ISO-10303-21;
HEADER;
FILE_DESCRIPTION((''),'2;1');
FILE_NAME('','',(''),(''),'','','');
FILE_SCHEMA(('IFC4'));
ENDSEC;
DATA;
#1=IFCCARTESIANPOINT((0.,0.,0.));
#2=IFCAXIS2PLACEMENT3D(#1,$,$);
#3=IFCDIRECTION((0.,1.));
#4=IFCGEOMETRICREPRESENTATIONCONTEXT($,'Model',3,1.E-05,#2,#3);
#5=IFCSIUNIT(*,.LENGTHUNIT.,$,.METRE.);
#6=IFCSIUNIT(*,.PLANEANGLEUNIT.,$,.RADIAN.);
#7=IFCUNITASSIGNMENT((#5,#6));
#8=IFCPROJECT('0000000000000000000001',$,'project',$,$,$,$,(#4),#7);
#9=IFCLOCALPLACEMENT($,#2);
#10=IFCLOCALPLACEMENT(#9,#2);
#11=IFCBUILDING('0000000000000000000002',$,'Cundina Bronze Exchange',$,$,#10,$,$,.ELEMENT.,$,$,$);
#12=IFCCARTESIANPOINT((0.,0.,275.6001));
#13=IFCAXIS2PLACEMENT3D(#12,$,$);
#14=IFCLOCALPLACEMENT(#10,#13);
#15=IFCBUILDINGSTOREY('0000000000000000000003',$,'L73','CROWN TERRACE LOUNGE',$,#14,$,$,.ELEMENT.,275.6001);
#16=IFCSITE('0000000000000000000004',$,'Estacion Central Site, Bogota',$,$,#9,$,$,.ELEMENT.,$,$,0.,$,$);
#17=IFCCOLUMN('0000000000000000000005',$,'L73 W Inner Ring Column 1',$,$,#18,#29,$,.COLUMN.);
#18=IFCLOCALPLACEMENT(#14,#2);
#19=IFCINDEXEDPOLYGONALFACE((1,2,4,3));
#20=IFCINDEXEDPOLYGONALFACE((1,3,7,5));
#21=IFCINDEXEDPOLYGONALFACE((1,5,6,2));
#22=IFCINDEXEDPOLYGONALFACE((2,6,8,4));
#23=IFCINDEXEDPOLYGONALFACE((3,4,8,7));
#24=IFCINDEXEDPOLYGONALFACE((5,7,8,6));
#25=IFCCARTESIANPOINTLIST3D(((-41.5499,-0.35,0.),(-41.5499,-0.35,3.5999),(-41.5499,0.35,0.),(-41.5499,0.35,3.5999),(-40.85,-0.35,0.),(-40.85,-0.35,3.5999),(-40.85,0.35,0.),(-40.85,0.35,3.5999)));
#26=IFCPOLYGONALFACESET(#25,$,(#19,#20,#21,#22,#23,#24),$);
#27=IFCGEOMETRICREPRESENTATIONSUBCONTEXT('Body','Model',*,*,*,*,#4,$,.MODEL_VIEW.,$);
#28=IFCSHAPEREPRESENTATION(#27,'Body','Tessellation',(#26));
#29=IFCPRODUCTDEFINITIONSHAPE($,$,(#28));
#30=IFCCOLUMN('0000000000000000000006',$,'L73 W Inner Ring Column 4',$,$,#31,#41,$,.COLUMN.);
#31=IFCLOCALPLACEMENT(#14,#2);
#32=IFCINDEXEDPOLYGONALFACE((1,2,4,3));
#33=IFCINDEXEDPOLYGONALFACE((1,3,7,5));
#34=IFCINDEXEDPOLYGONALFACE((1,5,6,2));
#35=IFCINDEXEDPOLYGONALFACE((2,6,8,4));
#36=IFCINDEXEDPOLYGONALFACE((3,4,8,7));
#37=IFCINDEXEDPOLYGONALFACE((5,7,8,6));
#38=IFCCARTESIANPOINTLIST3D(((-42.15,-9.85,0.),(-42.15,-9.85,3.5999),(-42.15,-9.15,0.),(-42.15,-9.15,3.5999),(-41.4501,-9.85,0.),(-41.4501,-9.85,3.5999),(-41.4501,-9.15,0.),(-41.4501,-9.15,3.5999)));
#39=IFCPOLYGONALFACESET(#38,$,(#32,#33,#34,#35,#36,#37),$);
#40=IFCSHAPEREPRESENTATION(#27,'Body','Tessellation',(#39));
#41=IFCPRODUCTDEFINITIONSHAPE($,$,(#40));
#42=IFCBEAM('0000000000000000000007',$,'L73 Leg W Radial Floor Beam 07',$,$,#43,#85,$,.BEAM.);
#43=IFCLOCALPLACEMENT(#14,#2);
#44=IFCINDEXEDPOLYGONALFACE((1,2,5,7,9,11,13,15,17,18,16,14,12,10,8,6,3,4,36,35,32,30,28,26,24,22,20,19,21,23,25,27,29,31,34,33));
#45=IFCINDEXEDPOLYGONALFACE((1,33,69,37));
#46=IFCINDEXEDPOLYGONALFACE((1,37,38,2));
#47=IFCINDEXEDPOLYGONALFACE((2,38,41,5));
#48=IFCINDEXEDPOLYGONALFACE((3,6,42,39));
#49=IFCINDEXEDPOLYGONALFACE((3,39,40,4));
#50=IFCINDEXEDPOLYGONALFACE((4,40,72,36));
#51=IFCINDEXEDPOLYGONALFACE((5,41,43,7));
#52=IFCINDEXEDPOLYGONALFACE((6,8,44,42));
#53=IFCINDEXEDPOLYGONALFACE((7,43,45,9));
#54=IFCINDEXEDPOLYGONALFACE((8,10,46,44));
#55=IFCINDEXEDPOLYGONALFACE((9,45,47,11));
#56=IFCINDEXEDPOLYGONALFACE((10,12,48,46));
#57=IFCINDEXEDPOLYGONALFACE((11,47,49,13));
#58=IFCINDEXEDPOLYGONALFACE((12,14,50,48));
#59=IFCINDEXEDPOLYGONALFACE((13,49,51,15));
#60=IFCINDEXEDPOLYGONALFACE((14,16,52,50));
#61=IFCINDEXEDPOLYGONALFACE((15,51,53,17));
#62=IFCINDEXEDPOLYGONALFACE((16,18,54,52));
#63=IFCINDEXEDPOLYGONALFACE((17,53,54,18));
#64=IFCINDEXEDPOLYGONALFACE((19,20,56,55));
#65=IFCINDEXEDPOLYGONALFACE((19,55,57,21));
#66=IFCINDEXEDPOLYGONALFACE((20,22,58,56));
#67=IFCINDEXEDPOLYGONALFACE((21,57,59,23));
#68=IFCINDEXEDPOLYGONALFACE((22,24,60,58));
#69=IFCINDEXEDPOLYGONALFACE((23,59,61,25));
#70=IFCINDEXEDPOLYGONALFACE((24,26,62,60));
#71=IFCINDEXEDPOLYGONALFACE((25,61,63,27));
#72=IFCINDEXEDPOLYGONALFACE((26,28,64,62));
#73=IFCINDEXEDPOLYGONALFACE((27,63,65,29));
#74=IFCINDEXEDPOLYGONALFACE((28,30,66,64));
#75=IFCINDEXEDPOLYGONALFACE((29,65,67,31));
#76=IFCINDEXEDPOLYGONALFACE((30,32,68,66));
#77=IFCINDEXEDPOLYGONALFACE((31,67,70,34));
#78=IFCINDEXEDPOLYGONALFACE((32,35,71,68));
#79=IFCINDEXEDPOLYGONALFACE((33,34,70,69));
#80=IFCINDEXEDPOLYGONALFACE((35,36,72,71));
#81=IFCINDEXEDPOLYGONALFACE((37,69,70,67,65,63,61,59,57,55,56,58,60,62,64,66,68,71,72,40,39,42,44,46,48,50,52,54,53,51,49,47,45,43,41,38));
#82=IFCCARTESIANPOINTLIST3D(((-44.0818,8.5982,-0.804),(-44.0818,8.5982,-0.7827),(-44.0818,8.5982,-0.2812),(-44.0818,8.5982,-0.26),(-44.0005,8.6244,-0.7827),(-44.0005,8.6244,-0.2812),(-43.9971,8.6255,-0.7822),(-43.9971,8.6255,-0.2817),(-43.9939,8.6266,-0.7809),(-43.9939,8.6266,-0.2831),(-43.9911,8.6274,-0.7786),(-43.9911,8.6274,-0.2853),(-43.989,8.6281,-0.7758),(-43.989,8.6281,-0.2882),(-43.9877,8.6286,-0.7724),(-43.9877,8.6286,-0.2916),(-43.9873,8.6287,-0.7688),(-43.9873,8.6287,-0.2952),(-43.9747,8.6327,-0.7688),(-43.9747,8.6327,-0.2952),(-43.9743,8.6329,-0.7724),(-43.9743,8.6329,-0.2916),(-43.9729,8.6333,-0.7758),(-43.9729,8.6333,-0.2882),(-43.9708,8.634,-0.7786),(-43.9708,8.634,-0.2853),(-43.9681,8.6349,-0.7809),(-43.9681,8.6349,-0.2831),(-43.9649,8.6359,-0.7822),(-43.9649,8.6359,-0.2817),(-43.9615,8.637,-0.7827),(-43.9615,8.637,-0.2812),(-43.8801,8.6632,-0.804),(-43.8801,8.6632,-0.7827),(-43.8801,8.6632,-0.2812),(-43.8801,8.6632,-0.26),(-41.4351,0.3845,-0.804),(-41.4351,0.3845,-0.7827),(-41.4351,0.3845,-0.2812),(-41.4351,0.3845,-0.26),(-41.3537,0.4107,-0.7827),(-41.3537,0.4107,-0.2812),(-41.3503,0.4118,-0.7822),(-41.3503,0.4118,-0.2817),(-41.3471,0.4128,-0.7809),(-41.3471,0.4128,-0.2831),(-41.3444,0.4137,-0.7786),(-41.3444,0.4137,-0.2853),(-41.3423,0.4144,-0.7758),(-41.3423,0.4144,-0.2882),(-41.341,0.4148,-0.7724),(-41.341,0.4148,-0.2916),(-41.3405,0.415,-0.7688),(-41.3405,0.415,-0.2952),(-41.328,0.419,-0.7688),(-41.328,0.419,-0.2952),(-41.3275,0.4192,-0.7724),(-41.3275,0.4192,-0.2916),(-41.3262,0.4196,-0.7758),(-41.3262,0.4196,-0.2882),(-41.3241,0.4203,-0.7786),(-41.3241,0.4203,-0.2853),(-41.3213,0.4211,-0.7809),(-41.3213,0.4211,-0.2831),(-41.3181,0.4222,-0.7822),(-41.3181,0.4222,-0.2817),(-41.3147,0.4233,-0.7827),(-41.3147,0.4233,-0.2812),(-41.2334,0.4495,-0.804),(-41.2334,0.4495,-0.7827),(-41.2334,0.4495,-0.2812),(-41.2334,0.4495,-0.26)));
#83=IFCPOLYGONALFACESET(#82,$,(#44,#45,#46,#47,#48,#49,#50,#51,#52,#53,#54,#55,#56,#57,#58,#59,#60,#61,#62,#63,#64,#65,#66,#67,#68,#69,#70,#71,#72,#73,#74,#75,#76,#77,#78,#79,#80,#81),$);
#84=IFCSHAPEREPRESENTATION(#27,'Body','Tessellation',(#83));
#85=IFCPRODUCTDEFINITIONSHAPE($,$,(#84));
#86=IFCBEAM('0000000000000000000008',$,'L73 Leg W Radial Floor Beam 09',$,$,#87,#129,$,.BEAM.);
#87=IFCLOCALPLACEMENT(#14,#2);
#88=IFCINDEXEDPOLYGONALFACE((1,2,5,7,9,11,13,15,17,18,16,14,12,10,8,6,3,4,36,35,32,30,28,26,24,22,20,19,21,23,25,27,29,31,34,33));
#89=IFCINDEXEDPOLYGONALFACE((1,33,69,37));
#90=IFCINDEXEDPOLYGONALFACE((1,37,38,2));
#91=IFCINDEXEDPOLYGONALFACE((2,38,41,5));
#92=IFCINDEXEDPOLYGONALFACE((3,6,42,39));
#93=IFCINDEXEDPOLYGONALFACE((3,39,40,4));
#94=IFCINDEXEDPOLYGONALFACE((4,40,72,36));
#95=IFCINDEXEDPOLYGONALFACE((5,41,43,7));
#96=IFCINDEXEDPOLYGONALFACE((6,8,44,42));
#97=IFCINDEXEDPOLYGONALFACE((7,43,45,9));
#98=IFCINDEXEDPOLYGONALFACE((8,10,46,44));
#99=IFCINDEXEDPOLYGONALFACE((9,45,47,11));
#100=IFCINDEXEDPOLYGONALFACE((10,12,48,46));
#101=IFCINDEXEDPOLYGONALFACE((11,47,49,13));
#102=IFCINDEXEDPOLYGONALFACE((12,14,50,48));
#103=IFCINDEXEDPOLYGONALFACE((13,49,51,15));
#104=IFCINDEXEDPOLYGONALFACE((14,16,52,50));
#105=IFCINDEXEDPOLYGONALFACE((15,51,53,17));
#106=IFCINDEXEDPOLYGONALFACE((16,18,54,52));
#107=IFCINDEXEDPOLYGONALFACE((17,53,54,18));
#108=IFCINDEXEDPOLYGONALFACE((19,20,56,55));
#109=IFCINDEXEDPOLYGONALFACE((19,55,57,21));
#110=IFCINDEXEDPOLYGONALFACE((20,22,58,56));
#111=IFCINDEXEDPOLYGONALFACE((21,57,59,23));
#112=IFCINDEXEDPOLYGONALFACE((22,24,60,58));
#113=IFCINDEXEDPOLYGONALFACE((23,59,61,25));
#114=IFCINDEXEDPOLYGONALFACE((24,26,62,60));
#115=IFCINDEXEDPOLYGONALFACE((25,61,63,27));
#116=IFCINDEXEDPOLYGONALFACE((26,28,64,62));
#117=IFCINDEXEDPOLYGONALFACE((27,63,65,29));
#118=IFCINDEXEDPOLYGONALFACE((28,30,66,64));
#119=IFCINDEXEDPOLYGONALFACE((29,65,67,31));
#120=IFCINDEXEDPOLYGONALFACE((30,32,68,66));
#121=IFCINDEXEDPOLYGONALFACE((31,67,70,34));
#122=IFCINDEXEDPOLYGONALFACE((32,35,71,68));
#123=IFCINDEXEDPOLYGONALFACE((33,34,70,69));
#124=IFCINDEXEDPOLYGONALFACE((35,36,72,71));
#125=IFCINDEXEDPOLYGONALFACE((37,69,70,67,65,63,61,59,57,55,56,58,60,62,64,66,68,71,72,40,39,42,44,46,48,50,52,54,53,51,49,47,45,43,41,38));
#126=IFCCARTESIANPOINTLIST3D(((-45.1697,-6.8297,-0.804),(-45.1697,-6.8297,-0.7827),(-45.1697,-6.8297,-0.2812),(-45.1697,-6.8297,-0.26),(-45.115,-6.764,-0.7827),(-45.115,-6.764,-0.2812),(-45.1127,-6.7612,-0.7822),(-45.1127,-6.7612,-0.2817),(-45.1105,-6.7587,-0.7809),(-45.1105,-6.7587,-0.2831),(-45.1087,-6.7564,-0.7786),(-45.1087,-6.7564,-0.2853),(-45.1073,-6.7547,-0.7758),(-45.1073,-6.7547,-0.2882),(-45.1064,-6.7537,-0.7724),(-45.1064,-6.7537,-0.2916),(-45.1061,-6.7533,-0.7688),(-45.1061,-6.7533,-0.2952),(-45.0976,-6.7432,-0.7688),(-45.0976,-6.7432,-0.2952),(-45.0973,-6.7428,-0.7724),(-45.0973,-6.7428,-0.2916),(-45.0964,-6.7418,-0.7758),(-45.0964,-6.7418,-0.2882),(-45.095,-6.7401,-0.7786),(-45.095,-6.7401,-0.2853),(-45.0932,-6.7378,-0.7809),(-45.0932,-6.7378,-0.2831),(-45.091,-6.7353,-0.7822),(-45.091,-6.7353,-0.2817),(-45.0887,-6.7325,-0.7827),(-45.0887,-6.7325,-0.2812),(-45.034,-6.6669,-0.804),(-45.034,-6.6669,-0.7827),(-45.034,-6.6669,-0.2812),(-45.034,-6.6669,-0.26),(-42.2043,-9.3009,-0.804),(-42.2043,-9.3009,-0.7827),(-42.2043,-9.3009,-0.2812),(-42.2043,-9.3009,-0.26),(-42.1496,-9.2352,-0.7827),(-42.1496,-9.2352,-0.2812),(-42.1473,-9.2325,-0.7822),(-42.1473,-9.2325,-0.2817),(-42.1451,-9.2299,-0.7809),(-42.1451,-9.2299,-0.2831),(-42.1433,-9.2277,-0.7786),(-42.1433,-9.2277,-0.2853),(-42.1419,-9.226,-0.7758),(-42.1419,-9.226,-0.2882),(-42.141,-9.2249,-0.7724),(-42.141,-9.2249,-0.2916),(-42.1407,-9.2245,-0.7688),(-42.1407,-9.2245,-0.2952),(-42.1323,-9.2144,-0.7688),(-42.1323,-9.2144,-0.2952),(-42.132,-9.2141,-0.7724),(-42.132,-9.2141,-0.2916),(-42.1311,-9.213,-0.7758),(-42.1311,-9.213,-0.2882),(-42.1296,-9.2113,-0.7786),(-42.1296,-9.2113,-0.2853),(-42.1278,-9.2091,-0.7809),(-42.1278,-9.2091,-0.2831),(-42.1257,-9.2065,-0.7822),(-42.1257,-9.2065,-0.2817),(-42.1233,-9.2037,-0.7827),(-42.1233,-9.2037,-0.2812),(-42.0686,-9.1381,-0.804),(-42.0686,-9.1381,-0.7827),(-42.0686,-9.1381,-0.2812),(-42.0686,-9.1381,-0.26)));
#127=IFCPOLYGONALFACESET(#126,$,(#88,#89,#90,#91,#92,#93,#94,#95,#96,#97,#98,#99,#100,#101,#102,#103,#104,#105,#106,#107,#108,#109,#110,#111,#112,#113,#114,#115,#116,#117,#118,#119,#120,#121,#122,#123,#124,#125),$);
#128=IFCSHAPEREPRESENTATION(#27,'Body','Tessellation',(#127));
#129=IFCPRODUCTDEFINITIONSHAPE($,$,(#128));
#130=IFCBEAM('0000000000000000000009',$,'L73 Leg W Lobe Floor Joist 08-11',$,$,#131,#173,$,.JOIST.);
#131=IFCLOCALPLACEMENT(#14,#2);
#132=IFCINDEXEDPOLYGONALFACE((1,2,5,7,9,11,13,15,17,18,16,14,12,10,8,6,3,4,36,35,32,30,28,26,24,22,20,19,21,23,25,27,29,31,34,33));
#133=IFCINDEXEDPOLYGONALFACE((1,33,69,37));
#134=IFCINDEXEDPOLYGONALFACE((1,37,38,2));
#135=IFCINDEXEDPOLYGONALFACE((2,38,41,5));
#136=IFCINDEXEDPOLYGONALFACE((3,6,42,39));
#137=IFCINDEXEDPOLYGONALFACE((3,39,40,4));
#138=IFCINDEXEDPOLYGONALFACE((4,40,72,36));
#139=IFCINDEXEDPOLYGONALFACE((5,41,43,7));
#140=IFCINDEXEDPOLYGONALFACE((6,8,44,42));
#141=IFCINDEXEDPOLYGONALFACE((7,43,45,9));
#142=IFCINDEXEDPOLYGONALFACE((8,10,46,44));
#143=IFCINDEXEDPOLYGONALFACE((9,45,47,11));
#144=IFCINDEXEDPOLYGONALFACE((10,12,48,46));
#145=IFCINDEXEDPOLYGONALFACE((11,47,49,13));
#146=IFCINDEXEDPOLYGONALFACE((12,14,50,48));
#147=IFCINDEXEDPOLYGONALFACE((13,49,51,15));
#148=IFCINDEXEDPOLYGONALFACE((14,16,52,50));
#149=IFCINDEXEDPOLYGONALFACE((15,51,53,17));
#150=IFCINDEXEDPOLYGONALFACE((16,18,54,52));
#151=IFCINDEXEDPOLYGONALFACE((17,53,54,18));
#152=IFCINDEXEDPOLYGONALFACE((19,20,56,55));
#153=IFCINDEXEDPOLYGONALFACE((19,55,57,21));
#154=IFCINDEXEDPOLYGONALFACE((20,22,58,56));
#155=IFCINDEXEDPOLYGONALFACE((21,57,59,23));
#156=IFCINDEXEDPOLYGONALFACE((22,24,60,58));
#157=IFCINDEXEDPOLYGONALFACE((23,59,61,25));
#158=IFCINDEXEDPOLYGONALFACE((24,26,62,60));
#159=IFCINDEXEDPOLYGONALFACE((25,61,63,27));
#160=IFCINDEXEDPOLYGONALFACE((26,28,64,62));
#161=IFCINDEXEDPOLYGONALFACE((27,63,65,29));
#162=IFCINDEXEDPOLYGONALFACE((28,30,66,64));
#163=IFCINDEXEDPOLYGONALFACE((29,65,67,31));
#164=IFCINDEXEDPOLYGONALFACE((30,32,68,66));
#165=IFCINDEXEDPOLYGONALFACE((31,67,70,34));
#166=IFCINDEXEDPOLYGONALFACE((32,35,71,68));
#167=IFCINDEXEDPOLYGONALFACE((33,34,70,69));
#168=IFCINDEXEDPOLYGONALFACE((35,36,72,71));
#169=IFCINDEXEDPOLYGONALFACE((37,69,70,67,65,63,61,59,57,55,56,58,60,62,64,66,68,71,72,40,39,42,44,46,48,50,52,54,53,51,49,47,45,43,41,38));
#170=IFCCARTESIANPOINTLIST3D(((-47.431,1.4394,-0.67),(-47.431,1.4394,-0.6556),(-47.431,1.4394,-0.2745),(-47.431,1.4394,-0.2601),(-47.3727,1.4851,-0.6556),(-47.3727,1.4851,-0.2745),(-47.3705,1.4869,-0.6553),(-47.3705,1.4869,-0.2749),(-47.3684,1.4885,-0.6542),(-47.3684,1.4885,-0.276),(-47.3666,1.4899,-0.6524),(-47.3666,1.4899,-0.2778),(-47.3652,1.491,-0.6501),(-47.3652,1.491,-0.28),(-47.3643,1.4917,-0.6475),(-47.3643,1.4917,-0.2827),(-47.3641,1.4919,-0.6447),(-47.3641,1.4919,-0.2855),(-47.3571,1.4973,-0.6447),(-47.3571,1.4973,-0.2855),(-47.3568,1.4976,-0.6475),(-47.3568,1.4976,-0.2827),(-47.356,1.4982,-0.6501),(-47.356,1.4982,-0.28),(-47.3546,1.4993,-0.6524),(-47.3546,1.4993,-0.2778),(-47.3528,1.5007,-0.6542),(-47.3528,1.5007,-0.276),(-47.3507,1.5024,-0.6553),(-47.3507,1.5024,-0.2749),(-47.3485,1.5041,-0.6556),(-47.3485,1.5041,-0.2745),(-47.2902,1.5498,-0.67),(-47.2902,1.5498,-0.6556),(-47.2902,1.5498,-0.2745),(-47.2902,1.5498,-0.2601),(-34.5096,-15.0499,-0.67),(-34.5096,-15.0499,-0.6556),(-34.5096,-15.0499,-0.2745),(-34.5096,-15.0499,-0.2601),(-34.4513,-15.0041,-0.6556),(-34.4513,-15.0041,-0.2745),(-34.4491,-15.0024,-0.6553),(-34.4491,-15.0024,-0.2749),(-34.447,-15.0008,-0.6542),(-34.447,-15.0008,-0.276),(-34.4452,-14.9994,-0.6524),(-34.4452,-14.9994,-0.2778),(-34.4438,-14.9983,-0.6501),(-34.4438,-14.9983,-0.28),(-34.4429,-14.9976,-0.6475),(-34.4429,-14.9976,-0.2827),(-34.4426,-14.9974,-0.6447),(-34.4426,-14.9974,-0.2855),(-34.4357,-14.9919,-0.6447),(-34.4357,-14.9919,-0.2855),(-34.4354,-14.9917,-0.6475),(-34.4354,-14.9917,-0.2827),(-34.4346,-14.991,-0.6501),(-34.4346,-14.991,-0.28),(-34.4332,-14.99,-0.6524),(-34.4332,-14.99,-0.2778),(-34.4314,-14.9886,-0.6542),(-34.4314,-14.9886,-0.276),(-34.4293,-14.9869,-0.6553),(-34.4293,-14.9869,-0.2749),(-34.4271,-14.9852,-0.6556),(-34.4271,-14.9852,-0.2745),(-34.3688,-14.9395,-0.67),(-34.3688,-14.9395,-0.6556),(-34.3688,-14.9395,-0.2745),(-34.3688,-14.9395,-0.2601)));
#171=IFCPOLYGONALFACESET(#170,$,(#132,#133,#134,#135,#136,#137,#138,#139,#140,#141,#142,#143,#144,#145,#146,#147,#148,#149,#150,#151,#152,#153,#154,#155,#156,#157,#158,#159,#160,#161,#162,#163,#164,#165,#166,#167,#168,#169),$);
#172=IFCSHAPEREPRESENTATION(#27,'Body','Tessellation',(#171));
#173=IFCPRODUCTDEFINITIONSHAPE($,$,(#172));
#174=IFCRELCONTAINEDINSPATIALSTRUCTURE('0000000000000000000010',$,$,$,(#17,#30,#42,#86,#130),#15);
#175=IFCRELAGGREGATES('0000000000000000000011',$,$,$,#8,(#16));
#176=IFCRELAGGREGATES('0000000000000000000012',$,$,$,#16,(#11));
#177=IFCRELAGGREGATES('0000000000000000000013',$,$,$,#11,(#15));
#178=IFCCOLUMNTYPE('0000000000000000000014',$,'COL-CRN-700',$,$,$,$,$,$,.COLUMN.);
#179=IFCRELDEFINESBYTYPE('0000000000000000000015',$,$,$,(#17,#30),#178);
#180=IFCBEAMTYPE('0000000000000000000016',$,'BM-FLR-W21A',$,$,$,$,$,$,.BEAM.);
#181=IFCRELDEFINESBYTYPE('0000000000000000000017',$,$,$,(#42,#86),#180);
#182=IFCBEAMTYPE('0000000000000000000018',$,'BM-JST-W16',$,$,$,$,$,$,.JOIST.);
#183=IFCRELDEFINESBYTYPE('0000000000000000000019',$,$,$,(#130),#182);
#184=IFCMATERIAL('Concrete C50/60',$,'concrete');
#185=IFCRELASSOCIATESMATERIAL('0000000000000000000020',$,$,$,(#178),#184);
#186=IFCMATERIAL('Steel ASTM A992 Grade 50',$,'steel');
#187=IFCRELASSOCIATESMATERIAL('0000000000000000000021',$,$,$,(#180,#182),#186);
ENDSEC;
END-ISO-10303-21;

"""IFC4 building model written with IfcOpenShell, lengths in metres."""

from ifc_helpers import new_model, si_unit, direction, frame, origin, origin_2d, place, context, subcontext, project, spatial, rectangle, i_section, extrude, material, material_profile, profile_set, type_object, element, save


model = new_model("IFC4")

# Units and contexts
model_context = context("Model", 3, precision=1e-05, world=origin(), true_north=direction((0.0, 1.0)))
body_context = subcontext(model_context, "Body", "Model", "MODEL_VIEW")
ifc_project = project(units=[si_unit("LENGTHUNIT", "METRE"), si_unit("PLANEANGLEUNIT", "RADIAN")], contexts=[model_context])

# Site, building, storey
site_placement = place(None, origin())
site = spatial("IfcSite", under=ifc_project, at=site_placement, Name="Estacion Central Site, Bogota", CompositionType="ELEMENT", RefElevation=0.0)
building_placement = place(site_placement, origin())
building = spatial("IfcBuilding", under=site, at=building_placement, Name="Cundina Bronze Exchange", CompositionType="ELEMENT")
storey_placement = place(building_placement, frame((0.0, 0.0, 275.6001)))
storey = spatial("IfcBuildingStorey", under=building, at=storey_placement, Name="L73", Description="CROWN TERRACE LOUNGE", CompositionType="ELEMENT", Elevation=275.6001)

# Columns
ifc_material_1 = material(Name="Concrete C50/60", Category="concrete")
ifc_material_profile_1 = material_profile(ifc_material_1, rectangle(XDim=0.7, YDim=0.7, at=origin_2d()), Name="RC700X700", Category="concrete")
ifc_profile_set_1 = profile_set([ifc_material_profile_1], Name="Concrete C50/60")
column_type = type_object("IfcColumnType", Name="COL-CRN-700", PredefinedType="COLUMN", material=ifc_profile_set_1)
for number, where, z_axis, x_axis, name in (
    (1, (-41.2, 0.0, 0.0), (0.0, 0.0, 1.0), (1.0, 0.0, 0.0), "L73 W Inner Ring Column 1"),
    (2, (-41.8, -9.5, 0.0), (0.0, 0.0, 1.0), (1.0, 0.0, 0.0), "L73 W Inner Ring Column 4"),
):
    element("IfcColumn", number, at=place(storey_placement, frame(where, z_axis=z_axis, x_axis=x_axis)), inside=storey, type_object=column_type, Name=name, PredefinedType="COLUMN", context=body_context, shape_type="SweptSolid", body=[
        extrude(rectangle(XDim=0.7, YDim=0.7, at=origin_2d()), origin(), (0.0, 0.0, 1.0), 3.5999),
    ])

# Beams
ifc_material_2 = material(Name="Steel ASTM A992 Grade 50", Category="steel")
ifc_material_profile_2 = material_profile(ifc_material_2, i_section(OverallWidth=0.2119, OverallDepth=0.5439, WebThickness=0.0132, FlangeThickness=0.0212, FilletRadius=0.0139, at=origin_2d()), Name="W21X83", Category="steel")
ifc_profile_set_2 = profile_set([ifc_material_profile_2], Name="Steel ASTM A992 Grade 50")
beam_type_1 = type_object("IfcBeamType", Name="BM-FLR-W21A", PredefinedType="BEAM", material=ifc_profile_set_2)
beam_1_placement = place(storey_placement, frame((-41.3342, 0.417, -0.532), z_axis=(-0.306706, 0.951804, 0.0), x_axis=(-0.951804, -0.306706, 0.0)))
element("IfcBeam", 3, at=beam_1_placement, inside=storey, type_object=beam_type_1, Name="L73 Leg W Radial Floor Beam 07", PredefinedType="BEAM", context=body_context, shape_type="SweptSolid", body=[
    extrude(i_section(OverallWidth=0.2119, OverallDepth=0.5439, WebThickness=0.0132, FlangeThickness=0.0212, FilletRadius=0.0139, at=origin_2d()), origin(), (0.0, 0.0, 1.0), 8.6296),
])
beam_2_placement = place(storey_placement, frame((-42.1365, -9.2195, -0.532), z_axis=(-0.768211, 0.640197, 0.0), x_axis=(-0.640197, -0.768211, 0.0)))
element("IfcBeam", 4, at=beam_2_placement, inside=storey, type_object=beam_type_1, Name="L73 Leg W Radial Floor Beam 09", PredefinedType="BEAM", context=body_context, shape_type="SweptSolid", body=[
    extrude(i_section(OverallWidth=0.2119, OverallDepth=0.5439, WebThickness=0.0132, FlangeThickness=0.0212, FilletRadius=0.0139, at=origin_2d()), origin(), (0.0, 0.0, 1.0), 3.8601),
])
ifc_material_profile_3 = material_profile(ifc_material_2, i_section(OverallWidth=0.179, OverallDepth=0.4099, WebThickness=0.0088, FlangeThickness=0.0144, FilletRadius=0.011, at=origin_2d()), Name="W16X45", Category="steel")
ifc_profile_set_3 = profile_set([ifc_material_profile_3], Name="Steel ASTM A992 Grade 50")
beam_type_2 = type_object("IfcBeamType", Name="BM-JST-W16", PredefinedType="JOIST", material=ifc_profile_set_3)
beam_3_placement = place(storey_placement, frame((-47.3606, 1.4946, -0.4651), z_axis=(0.616804, -0.787117, 0.0), x_axis=(0.787117, 0.616804, 0.0)))
element("IfcBeam", 5, at=beam_3_placement, inside=storey, type_object=beam_type_2, Name="L73 Leg W Lobe Floor Joist 08-11", PredefinedType="JOIST", context=body_context, shape_type="SweptSolid", body=[
    extrude(i_section(OverallWidth=0.179, OverallDepth=0.4099, WebThickness=0.0088, FlangeThickness=0.0144, FilletRadius=0.011, at=origin_2d()), origin(), (0.0, 0.0, 1.0), 20.949),
])

save(model, "model.ifc")
